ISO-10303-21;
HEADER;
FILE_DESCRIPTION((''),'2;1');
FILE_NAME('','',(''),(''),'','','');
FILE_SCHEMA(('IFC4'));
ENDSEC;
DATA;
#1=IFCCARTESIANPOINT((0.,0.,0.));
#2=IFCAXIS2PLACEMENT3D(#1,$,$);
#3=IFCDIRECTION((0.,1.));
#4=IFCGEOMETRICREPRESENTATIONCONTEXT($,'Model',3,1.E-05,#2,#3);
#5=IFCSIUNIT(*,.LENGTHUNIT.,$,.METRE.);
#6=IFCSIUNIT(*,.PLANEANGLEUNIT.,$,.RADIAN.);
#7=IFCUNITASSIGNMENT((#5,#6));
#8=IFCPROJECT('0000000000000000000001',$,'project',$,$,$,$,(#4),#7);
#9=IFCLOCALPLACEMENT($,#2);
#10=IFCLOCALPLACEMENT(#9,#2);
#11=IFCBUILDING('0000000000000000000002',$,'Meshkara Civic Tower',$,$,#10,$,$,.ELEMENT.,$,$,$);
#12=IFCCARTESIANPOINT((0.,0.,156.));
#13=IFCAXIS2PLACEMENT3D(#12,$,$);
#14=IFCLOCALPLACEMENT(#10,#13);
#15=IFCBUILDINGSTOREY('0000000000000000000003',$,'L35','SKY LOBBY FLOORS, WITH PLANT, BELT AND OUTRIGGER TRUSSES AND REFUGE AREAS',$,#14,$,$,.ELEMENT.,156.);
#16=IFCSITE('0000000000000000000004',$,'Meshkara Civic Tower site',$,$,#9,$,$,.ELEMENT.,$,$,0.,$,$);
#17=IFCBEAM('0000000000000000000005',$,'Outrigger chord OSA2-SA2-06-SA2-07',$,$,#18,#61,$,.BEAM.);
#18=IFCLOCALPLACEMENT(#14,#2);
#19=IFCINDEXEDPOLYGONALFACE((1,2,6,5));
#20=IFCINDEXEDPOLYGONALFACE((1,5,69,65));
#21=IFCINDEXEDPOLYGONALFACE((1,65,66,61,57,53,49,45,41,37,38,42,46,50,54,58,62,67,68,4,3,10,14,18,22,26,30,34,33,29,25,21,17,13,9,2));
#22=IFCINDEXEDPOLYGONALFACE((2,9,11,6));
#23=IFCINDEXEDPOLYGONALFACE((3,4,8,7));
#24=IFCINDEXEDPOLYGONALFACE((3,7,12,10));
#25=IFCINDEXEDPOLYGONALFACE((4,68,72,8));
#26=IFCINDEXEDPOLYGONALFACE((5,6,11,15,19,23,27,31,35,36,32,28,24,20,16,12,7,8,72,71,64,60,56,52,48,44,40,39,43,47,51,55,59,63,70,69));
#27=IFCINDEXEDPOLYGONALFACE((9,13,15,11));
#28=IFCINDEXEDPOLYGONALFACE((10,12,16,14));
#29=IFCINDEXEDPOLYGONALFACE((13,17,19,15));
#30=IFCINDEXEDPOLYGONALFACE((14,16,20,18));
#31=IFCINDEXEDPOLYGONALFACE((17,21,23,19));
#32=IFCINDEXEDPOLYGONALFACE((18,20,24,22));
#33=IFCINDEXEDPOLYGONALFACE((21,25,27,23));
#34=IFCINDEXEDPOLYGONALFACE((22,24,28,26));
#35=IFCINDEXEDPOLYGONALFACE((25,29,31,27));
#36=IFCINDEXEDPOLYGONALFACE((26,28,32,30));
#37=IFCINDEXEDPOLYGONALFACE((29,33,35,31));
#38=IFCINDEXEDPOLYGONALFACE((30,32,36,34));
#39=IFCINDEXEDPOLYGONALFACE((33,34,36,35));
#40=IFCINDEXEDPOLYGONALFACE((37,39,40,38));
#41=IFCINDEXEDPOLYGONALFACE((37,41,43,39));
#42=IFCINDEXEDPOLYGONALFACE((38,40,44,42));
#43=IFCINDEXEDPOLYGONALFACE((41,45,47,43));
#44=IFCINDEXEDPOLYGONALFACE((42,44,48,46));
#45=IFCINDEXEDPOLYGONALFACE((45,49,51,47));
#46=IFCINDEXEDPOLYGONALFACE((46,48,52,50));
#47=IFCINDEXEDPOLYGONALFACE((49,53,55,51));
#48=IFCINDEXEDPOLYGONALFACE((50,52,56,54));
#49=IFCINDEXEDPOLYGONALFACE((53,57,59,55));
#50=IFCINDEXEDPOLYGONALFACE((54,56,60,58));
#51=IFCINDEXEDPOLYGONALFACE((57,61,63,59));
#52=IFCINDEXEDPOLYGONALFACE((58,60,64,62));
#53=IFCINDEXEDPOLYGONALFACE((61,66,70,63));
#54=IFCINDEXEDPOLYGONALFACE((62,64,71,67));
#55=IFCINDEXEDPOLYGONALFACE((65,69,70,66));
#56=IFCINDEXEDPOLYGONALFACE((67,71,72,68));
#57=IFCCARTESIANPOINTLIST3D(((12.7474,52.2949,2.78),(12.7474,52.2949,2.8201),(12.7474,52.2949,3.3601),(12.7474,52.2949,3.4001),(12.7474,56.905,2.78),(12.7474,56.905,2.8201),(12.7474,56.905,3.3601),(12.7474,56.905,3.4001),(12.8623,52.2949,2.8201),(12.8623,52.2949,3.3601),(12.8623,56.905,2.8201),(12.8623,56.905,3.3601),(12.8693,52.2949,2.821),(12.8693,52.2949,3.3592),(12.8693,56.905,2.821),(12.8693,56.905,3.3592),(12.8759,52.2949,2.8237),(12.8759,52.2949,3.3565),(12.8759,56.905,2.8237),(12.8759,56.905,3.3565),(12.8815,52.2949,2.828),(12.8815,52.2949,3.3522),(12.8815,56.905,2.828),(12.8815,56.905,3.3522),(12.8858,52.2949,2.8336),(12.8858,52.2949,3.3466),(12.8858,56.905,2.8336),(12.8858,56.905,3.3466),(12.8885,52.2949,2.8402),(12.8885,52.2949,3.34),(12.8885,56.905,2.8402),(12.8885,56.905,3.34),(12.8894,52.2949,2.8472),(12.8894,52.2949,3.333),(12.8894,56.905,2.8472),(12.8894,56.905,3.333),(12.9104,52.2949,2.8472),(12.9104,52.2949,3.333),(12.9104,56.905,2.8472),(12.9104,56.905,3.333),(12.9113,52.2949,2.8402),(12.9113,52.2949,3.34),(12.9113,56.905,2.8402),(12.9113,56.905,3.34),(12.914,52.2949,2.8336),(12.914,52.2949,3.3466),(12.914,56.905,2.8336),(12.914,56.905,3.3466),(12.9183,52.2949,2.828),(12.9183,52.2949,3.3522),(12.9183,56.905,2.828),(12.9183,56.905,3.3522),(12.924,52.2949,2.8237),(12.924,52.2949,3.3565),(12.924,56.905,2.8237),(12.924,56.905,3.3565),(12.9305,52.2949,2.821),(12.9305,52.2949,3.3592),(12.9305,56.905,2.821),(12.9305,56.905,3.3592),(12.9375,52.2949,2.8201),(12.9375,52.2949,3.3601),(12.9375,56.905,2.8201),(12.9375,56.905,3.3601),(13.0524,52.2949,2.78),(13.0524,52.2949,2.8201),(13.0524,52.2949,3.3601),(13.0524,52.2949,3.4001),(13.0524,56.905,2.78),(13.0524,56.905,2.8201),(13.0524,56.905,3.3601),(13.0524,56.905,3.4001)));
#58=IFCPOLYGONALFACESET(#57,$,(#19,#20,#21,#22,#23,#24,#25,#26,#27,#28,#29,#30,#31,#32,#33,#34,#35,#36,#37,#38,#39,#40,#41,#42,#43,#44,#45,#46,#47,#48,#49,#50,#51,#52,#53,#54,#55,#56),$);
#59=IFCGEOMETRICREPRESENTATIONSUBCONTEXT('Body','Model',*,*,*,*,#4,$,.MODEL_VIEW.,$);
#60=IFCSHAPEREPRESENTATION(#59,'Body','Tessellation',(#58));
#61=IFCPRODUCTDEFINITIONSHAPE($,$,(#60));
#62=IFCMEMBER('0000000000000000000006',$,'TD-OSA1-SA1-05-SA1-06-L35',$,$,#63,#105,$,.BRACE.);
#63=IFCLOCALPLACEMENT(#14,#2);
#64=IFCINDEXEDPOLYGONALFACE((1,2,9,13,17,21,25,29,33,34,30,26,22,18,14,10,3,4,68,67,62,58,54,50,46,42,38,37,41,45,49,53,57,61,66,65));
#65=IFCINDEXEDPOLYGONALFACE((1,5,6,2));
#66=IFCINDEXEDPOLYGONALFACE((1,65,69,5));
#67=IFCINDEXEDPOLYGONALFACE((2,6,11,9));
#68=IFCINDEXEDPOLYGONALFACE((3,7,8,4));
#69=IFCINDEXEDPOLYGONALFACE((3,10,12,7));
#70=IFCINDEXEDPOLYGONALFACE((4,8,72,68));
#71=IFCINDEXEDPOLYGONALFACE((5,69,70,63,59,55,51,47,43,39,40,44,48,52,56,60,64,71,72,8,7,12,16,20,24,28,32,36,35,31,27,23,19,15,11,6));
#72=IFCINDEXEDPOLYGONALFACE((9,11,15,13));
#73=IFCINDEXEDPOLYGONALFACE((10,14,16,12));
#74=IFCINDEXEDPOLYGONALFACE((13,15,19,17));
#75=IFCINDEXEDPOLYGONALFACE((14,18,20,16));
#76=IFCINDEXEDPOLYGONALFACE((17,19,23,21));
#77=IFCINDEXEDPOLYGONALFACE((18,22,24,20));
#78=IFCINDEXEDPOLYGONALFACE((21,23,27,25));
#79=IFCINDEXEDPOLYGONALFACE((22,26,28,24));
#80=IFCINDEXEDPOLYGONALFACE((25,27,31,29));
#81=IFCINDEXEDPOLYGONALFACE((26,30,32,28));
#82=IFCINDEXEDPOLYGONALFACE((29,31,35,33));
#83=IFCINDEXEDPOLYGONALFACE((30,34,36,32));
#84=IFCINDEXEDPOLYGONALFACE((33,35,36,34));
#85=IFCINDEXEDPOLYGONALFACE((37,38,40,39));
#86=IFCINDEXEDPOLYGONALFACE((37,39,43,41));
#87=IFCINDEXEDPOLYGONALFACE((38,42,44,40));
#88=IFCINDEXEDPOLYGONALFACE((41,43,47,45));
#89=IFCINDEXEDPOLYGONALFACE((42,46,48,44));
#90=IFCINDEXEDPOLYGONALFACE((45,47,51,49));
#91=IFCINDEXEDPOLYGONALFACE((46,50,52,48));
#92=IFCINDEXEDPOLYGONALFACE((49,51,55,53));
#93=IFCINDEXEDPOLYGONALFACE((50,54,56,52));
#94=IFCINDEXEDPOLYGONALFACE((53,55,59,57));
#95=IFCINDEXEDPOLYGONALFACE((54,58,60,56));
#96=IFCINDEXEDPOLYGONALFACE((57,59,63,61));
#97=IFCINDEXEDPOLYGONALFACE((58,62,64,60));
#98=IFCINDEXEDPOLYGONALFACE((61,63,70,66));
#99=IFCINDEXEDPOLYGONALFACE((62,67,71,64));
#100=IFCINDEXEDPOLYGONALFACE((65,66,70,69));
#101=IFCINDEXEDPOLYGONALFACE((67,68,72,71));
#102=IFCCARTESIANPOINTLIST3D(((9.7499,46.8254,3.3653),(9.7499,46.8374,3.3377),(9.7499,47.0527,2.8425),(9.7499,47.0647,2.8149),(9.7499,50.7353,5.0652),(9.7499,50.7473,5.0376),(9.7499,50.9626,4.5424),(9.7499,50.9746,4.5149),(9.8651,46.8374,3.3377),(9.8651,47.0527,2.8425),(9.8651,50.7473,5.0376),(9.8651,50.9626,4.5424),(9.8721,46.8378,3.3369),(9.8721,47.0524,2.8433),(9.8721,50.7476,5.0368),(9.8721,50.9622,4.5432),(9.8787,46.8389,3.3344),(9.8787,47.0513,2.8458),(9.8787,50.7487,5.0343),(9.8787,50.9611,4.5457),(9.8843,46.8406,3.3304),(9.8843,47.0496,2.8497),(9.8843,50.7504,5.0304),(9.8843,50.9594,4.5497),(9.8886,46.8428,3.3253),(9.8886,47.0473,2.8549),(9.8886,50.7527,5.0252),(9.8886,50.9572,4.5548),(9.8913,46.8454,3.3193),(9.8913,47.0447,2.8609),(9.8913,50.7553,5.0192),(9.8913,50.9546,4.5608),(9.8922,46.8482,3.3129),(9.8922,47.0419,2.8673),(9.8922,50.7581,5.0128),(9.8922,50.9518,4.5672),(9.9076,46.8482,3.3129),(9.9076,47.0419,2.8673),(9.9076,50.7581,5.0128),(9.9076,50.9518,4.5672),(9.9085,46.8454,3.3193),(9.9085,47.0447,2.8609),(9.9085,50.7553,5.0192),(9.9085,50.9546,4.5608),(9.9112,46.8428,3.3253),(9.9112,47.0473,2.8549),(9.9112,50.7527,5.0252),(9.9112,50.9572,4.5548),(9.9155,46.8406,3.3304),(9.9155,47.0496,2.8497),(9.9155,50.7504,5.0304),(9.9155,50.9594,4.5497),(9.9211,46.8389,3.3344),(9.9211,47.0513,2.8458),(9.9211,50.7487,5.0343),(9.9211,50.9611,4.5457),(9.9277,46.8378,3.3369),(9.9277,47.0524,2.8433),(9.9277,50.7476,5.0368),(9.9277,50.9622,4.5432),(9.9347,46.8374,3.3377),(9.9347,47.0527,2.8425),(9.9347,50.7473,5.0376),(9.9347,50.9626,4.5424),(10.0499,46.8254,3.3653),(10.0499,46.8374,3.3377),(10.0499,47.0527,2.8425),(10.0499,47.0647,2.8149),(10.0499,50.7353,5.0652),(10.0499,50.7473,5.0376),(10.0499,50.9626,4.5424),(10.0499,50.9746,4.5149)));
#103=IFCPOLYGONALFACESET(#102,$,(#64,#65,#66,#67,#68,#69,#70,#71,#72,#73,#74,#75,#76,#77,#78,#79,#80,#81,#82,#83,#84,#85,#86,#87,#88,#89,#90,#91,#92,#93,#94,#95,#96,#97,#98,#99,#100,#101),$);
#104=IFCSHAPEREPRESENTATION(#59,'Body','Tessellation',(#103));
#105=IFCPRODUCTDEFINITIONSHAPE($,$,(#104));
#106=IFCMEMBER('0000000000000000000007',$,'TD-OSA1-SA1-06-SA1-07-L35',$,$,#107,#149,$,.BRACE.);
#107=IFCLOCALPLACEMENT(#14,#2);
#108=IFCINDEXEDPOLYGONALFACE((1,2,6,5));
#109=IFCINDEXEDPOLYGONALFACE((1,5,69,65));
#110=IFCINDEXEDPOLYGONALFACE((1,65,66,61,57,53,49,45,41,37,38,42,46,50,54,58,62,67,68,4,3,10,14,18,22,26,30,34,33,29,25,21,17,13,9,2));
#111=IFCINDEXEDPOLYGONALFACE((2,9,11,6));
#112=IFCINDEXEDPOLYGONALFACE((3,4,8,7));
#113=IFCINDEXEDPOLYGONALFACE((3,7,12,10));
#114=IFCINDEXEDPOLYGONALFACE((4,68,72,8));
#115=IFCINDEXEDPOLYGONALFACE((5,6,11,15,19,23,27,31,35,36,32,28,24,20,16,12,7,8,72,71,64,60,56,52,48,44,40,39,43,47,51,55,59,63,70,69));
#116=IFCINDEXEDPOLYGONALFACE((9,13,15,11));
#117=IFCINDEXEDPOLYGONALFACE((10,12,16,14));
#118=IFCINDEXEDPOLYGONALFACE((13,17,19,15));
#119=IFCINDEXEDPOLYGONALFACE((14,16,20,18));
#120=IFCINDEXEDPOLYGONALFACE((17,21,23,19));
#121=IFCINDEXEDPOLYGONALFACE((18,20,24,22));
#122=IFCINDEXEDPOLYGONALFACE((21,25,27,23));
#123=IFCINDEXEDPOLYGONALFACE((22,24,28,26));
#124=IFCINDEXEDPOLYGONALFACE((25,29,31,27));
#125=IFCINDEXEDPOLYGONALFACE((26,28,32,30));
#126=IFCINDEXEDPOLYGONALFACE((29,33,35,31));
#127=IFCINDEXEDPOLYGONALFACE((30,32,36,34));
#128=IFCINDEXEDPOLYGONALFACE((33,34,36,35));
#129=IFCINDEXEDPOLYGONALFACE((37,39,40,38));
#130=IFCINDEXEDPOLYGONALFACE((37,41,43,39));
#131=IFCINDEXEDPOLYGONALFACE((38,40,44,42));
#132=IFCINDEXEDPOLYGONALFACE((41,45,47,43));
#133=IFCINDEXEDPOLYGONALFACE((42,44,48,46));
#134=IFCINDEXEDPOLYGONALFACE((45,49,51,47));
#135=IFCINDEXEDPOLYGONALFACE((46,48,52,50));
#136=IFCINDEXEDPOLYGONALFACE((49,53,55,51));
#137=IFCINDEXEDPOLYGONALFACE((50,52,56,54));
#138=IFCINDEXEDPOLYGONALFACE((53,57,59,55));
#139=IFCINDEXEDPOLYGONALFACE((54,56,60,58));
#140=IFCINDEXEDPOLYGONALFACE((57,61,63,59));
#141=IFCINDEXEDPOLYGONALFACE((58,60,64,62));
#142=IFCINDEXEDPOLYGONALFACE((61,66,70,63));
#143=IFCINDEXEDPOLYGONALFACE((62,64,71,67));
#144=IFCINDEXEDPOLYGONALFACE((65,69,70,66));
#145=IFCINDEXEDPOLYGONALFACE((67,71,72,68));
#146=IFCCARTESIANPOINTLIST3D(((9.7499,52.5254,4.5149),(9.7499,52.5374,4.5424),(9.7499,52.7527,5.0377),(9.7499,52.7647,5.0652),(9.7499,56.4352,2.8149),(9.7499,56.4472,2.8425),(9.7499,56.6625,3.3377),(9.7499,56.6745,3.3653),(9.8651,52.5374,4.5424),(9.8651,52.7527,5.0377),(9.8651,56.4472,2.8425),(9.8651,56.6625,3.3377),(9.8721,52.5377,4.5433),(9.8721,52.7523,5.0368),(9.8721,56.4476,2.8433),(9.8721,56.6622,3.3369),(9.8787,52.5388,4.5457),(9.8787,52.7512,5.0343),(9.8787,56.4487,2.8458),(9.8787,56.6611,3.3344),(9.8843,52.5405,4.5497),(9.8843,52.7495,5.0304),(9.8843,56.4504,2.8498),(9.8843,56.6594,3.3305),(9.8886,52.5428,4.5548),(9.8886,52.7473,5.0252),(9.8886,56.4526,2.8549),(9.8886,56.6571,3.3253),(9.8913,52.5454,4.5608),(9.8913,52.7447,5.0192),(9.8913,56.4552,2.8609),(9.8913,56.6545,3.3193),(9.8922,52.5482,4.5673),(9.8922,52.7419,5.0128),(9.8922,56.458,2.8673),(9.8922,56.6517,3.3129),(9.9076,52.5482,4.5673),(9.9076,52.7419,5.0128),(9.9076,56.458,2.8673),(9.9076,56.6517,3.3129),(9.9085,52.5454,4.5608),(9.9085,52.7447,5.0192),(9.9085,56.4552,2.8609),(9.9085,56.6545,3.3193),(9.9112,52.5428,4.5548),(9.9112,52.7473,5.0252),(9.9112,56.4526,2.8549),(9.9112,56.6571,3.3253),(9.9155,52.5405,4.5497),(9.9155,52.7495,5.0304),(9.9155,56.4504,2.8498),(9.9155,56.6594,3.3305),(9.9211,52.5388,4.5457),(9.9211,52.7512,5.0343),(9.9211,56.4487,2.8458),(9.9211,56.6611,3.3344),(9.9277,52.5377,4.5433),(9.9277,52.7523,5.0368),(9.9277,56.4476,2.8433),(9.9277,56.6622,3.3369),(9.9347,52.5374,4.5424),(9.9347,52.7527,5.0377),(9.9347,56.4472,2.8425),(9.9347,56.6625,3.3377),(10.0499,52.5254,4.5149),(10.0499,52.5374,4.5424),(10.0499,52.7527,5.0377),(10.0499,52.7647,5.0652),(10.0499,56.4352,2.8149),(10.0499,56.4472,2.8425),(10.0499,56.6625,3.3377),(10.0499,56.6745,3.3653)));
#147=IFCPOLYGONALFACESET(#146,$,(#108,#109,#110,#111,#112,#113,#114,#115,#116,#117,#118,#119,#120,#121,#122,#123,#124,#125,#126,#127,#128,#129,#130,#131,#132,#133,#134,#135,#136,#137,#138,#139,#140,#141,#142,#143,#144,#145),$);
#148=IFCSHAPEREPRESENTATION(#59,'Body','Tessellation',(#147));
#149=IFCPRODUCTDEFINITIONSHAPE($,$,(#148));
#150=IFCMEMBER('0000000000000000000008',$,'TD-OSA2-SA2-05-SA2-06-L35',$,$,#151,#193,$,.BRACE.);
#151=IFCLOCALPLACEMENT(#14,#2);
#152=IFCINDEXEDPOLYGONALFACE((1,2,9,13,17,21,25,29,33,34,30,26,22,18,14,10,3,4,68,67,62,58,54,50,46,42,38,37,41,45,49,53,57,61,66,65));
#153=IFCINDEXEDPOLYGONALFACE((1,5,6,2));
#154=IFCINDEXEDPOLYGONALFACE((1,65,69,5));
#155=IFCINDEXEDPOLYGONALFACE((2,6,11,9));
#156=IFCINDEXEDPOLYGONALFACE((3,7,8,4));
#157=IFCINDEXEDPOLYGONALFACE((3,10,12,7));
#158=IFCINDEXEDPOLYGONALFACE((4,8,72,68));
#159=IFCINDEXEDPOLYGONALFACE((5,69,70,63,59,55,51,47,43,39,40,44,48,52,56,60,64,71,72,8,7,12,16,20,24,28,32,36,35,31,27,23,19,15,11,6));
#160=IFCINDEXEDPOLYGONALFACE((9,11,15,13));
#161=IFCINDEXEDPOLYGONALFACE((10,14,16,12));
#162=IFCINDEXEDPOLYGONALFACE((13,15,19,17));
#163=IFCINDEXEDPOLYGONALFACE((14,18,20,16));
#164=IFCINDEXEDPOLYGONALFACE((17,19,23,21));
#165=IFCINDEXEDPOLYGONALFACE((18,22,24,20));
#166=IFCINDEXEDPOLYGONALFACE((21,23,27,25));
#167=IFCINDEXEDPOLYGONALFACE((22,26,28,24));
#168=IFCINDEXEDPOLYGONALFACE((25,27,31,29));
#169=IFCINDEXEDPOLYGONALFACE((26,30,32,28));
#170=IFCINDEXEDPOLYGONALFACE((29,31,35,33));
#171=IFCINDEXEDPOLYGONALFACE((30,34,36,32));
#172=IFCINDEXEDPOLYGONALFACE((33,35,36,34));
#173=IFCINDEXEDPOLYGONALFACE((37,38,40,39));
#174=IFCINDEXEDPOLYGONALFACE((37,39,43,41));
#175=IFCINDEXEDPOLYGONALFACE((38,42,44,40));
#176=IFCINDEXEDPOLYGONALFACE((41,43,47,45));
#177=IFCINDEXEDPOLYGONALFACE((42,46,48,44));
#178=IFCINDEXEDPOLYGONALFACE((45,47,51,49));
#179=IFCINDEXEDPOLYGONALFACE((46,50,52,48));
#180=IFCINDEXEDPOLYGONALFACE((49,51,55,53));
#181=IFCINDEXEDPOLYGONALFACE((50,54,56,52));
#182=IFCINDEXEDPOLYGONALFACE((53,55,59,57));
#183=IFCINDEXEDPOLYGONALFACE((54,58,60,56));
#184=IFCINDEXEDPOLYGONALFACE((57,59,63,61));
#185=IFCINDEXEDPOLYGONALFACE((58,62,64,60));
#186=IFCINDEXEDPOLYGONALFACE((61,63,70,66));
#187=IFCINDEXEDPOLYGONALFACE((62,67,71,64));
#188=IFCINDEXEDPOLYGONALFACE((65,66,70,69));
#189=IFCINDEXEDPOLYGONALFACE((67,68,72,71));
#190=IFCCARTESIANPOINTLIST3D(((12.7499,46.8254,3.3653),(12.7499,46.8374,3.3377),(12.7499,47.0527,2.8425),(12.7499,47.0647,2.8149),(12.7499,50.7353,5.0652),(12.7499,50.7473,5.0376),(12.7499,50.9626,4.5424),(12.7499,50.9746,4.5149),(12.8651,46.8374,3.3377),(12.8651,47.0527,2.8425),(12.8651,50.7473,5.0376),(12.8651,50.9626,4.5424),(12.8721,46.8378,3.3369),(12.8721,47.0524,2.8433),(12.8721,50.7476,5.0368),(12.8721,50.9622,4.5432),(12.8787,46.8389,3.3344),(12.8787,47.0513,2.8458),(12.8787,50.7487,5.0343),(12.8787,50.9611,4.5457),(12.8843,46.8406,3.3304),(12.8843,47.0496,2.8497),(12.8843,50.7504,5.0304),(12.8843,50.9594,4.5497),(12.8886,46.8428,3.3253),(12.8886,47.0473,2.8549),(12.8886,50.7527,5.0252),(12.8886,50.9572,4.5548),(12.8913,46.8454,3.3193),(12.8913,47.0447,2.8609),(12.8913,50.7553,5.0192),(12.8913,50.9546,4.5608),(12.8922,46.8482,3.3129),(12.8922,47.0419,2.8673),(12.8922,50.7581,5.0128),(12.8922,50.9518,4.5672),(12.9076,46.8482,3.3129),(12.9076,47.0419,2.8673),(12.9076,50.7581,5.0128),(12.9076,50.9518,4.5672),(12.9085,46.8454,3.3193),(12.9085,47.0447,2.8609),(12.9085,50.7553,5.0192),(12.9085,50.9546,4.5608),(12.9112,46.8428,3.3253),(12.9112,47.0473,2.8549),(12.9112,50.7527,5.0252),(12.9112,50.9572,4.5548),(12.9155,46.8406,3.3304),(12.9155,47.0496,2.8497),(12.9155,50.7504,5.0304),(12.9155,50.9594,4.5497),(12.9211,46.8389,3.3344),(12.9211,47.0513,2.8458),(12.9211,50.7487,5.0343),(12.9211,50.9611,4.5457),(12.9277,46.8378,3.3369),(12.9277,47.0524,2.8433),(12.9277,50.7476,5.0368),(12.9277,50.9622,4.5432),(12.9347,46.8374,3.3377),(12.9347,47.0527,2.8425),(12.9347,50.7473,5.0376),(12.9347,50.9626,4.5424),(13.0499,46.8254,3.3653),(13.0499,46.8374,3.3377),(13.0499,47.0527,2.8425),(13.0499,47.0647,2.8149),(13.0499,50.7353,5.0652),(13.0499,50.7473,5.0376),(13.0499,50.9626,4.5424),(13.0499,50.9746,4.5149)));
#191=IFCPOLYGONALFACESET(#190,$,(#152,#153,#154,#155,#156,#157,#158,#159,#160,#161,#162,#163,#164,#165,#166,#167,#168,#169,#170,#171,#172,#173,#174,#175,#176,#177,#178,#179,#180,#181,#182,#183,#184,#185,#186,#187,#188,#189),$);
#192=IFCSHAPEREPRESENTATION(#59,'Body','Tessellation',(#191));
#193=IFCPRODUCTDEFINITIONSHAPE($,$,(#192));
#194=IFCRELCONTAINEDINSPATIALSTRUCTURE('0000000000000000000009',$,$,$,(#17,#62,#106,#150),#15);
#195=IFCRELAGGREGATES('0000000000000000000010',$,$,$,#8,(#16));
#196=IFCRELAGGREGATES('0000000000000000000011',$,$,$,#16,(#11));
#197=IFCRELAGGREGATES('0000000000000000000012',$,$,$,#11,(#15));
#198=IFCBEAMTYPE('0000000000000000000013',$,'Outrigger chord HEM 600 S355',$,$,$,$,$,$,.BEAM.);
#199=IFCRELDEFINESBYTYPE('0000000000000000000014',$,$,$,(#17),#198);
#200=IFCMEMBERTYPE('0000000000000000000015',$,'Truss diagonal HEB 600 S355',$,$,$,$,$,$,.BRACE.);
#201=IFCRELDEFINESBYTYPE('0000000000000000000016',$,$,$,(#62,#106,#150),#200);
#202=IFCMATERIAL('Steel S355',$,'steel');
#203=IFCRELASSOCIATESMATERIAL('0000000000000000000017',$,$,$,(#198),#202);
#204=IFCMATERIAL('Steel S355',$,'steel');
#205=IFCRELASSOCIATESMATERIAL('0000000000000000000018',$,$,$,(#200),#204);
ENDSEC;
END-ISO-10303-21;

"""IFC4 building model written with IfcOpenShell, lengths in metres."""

from ifc_helpers import new_model, si_unit, direction, frame, origin, origin_2d, place, context, subcontext, project, spatial, i_section, extrude, material, material_profile, profile_set, type_object, element, save


model = new_model("IFC4")

# Units and contexts
model_context = context("Model", 3, precision=1e-05, world=origin(), true_north=direction((0.0, 1.0)))
body_context = subcontext(model_context, "Body", "Model", "MODEL_VIEW")
ifc_project = project(units=[si_unit("LENGTHUNIT", "METRE"), si_unit("PLANEANGLEUNIT", "RADIAN")], contexts=[model_context])

# Site, building, storey
site_placement = place(None, origin())
site = spatial("IfcSite", under=ifc_project, at=site_placement, Name="Meshkara Civic Tower site", CompositionType="ELEMENT", RefElevation=0.0)
building_placement = place(site_placement, origin())
building = spatial("IfcBuilding", under=site, at=building_placement, Name="Meshkara Civic Tower", CompositionType="ELEMENT")
storey_placement = place(building_placement, frame((0.0, 0.0, 156.0)))
storey = spatial("IfcBuildingStorey", under=building, at=storey_placement, Name="L35", Description="SKY LOBBY FLOORS, WITH PLANT, BELT AND OUTRIGGER TRUSSES AND REFUGE AREAS", CompositionType="ELEMENT", Elevation=156.0)

# Beam
ifc_material_1 = material(Name="Steel S355", Category="steel")
ifc_material_profile_1 = material_profile(ifc_material_1, i_section(OverallWidth=0.3049, OverallDepth=0.6201, WebThickness=0.021, FlangeThickness=0.04, FilletRadius=0.0271, at=origin_2d()))
ifc_profile_set_1 = profile_set([ifc_material_profile_1], Name="Steel S355")
beam_type_1 = type_object("IfcBeamType", Name="Outrigger chord HEM 600 S355", PredefinedType="BEAM", material=ifc_profile_set_1)
for number, where, z_axis, x_axis, name in (
    (1, (12.8999, 52.2949, 3.0901), (0.0, 1.0, 0.0), (-1.0, 0.0, 0.0), "Outrigger chord OSA2-SA2-06-SA2-07"),
):
    element("IfcBeam", number, at=place(storey_placement, frame(where, z_axis=z_axis, x_axis=x_axis)), inside=storey, type_object=beam_type_1, Name=name, PredefinedType="BEAM", context=body_context, shape_type="SweptSolid", body=[
        extrude(i_section(OverallWidth=0.3049, OverallDepth=0.6201, WebThickness=0.021, FlangeThickness=0.04, FilletRadius=0.0271, at=origin_2d()), origin(), (0.0, 0.0, 1.0), 4.6101),
    ])

# Members
ifc_material_2 = material(Name="Steel S355", Category="steel")
ifc_material_profile_2 = material_profile(ifc_material_2, i_section(OverallWidth=0.3, OverallDepth=0.6001, WebThickness=0.0154, FlangeThickness=0.03, FilletRadius=0.0271, at=origin_2d()))
ifc_profile_set_2 = profile_set([ifc_material_profile_2], Name="Steel S355")
member_type_1 = type_object("IfcMemberType", Name="Truss diagonal HEB 600 S355", PredefinedType="BRACE", material=ifc_profile_set_2)
for number, where, z_axis, x_axis, name in (
    (2, (9.8999, 46.9451, 3.0901), (0.0, 0.917071, 0.398724), (-1.0, 0.0, 0.0), "TD-OSA1-SA1-05-SA1-06-L35"),
    (3, (9.8999, 52.645, 4.79), (0.0, 0.917071, -0.398724), (-1.0, 0.0, 0.0), "TD-OSA1-SA1-06-SA1-07-L35"),
    (4, (12.8999, 46.9451, 3.0901), (0.0, 0.917071, 0.398724), (-1.0, 0.0, 0.0), "TD-OSA2-SA2-05-SA2-06-L35"),
):
    element("IfcMember", number, at=place(storey_placement, frame(where, z_axis=z_axis, x_axis=x_axis)), inside=storey, type_object=member_type_1, Name=name, PredefinedType="BRACE", context=body_context, shape_type="SweptSolid", body=[
        extrude(i_section(OverallWidth=0.3, OverallDepth=0.6001, WebThickness=0.0154, FlangeThickness=0.03, FilletRadius=0.0271, at=origin_2d()), origin(), (0.0, 0.0, 1.0), 4.2634),
    ])

save(model, "model.ifc")
